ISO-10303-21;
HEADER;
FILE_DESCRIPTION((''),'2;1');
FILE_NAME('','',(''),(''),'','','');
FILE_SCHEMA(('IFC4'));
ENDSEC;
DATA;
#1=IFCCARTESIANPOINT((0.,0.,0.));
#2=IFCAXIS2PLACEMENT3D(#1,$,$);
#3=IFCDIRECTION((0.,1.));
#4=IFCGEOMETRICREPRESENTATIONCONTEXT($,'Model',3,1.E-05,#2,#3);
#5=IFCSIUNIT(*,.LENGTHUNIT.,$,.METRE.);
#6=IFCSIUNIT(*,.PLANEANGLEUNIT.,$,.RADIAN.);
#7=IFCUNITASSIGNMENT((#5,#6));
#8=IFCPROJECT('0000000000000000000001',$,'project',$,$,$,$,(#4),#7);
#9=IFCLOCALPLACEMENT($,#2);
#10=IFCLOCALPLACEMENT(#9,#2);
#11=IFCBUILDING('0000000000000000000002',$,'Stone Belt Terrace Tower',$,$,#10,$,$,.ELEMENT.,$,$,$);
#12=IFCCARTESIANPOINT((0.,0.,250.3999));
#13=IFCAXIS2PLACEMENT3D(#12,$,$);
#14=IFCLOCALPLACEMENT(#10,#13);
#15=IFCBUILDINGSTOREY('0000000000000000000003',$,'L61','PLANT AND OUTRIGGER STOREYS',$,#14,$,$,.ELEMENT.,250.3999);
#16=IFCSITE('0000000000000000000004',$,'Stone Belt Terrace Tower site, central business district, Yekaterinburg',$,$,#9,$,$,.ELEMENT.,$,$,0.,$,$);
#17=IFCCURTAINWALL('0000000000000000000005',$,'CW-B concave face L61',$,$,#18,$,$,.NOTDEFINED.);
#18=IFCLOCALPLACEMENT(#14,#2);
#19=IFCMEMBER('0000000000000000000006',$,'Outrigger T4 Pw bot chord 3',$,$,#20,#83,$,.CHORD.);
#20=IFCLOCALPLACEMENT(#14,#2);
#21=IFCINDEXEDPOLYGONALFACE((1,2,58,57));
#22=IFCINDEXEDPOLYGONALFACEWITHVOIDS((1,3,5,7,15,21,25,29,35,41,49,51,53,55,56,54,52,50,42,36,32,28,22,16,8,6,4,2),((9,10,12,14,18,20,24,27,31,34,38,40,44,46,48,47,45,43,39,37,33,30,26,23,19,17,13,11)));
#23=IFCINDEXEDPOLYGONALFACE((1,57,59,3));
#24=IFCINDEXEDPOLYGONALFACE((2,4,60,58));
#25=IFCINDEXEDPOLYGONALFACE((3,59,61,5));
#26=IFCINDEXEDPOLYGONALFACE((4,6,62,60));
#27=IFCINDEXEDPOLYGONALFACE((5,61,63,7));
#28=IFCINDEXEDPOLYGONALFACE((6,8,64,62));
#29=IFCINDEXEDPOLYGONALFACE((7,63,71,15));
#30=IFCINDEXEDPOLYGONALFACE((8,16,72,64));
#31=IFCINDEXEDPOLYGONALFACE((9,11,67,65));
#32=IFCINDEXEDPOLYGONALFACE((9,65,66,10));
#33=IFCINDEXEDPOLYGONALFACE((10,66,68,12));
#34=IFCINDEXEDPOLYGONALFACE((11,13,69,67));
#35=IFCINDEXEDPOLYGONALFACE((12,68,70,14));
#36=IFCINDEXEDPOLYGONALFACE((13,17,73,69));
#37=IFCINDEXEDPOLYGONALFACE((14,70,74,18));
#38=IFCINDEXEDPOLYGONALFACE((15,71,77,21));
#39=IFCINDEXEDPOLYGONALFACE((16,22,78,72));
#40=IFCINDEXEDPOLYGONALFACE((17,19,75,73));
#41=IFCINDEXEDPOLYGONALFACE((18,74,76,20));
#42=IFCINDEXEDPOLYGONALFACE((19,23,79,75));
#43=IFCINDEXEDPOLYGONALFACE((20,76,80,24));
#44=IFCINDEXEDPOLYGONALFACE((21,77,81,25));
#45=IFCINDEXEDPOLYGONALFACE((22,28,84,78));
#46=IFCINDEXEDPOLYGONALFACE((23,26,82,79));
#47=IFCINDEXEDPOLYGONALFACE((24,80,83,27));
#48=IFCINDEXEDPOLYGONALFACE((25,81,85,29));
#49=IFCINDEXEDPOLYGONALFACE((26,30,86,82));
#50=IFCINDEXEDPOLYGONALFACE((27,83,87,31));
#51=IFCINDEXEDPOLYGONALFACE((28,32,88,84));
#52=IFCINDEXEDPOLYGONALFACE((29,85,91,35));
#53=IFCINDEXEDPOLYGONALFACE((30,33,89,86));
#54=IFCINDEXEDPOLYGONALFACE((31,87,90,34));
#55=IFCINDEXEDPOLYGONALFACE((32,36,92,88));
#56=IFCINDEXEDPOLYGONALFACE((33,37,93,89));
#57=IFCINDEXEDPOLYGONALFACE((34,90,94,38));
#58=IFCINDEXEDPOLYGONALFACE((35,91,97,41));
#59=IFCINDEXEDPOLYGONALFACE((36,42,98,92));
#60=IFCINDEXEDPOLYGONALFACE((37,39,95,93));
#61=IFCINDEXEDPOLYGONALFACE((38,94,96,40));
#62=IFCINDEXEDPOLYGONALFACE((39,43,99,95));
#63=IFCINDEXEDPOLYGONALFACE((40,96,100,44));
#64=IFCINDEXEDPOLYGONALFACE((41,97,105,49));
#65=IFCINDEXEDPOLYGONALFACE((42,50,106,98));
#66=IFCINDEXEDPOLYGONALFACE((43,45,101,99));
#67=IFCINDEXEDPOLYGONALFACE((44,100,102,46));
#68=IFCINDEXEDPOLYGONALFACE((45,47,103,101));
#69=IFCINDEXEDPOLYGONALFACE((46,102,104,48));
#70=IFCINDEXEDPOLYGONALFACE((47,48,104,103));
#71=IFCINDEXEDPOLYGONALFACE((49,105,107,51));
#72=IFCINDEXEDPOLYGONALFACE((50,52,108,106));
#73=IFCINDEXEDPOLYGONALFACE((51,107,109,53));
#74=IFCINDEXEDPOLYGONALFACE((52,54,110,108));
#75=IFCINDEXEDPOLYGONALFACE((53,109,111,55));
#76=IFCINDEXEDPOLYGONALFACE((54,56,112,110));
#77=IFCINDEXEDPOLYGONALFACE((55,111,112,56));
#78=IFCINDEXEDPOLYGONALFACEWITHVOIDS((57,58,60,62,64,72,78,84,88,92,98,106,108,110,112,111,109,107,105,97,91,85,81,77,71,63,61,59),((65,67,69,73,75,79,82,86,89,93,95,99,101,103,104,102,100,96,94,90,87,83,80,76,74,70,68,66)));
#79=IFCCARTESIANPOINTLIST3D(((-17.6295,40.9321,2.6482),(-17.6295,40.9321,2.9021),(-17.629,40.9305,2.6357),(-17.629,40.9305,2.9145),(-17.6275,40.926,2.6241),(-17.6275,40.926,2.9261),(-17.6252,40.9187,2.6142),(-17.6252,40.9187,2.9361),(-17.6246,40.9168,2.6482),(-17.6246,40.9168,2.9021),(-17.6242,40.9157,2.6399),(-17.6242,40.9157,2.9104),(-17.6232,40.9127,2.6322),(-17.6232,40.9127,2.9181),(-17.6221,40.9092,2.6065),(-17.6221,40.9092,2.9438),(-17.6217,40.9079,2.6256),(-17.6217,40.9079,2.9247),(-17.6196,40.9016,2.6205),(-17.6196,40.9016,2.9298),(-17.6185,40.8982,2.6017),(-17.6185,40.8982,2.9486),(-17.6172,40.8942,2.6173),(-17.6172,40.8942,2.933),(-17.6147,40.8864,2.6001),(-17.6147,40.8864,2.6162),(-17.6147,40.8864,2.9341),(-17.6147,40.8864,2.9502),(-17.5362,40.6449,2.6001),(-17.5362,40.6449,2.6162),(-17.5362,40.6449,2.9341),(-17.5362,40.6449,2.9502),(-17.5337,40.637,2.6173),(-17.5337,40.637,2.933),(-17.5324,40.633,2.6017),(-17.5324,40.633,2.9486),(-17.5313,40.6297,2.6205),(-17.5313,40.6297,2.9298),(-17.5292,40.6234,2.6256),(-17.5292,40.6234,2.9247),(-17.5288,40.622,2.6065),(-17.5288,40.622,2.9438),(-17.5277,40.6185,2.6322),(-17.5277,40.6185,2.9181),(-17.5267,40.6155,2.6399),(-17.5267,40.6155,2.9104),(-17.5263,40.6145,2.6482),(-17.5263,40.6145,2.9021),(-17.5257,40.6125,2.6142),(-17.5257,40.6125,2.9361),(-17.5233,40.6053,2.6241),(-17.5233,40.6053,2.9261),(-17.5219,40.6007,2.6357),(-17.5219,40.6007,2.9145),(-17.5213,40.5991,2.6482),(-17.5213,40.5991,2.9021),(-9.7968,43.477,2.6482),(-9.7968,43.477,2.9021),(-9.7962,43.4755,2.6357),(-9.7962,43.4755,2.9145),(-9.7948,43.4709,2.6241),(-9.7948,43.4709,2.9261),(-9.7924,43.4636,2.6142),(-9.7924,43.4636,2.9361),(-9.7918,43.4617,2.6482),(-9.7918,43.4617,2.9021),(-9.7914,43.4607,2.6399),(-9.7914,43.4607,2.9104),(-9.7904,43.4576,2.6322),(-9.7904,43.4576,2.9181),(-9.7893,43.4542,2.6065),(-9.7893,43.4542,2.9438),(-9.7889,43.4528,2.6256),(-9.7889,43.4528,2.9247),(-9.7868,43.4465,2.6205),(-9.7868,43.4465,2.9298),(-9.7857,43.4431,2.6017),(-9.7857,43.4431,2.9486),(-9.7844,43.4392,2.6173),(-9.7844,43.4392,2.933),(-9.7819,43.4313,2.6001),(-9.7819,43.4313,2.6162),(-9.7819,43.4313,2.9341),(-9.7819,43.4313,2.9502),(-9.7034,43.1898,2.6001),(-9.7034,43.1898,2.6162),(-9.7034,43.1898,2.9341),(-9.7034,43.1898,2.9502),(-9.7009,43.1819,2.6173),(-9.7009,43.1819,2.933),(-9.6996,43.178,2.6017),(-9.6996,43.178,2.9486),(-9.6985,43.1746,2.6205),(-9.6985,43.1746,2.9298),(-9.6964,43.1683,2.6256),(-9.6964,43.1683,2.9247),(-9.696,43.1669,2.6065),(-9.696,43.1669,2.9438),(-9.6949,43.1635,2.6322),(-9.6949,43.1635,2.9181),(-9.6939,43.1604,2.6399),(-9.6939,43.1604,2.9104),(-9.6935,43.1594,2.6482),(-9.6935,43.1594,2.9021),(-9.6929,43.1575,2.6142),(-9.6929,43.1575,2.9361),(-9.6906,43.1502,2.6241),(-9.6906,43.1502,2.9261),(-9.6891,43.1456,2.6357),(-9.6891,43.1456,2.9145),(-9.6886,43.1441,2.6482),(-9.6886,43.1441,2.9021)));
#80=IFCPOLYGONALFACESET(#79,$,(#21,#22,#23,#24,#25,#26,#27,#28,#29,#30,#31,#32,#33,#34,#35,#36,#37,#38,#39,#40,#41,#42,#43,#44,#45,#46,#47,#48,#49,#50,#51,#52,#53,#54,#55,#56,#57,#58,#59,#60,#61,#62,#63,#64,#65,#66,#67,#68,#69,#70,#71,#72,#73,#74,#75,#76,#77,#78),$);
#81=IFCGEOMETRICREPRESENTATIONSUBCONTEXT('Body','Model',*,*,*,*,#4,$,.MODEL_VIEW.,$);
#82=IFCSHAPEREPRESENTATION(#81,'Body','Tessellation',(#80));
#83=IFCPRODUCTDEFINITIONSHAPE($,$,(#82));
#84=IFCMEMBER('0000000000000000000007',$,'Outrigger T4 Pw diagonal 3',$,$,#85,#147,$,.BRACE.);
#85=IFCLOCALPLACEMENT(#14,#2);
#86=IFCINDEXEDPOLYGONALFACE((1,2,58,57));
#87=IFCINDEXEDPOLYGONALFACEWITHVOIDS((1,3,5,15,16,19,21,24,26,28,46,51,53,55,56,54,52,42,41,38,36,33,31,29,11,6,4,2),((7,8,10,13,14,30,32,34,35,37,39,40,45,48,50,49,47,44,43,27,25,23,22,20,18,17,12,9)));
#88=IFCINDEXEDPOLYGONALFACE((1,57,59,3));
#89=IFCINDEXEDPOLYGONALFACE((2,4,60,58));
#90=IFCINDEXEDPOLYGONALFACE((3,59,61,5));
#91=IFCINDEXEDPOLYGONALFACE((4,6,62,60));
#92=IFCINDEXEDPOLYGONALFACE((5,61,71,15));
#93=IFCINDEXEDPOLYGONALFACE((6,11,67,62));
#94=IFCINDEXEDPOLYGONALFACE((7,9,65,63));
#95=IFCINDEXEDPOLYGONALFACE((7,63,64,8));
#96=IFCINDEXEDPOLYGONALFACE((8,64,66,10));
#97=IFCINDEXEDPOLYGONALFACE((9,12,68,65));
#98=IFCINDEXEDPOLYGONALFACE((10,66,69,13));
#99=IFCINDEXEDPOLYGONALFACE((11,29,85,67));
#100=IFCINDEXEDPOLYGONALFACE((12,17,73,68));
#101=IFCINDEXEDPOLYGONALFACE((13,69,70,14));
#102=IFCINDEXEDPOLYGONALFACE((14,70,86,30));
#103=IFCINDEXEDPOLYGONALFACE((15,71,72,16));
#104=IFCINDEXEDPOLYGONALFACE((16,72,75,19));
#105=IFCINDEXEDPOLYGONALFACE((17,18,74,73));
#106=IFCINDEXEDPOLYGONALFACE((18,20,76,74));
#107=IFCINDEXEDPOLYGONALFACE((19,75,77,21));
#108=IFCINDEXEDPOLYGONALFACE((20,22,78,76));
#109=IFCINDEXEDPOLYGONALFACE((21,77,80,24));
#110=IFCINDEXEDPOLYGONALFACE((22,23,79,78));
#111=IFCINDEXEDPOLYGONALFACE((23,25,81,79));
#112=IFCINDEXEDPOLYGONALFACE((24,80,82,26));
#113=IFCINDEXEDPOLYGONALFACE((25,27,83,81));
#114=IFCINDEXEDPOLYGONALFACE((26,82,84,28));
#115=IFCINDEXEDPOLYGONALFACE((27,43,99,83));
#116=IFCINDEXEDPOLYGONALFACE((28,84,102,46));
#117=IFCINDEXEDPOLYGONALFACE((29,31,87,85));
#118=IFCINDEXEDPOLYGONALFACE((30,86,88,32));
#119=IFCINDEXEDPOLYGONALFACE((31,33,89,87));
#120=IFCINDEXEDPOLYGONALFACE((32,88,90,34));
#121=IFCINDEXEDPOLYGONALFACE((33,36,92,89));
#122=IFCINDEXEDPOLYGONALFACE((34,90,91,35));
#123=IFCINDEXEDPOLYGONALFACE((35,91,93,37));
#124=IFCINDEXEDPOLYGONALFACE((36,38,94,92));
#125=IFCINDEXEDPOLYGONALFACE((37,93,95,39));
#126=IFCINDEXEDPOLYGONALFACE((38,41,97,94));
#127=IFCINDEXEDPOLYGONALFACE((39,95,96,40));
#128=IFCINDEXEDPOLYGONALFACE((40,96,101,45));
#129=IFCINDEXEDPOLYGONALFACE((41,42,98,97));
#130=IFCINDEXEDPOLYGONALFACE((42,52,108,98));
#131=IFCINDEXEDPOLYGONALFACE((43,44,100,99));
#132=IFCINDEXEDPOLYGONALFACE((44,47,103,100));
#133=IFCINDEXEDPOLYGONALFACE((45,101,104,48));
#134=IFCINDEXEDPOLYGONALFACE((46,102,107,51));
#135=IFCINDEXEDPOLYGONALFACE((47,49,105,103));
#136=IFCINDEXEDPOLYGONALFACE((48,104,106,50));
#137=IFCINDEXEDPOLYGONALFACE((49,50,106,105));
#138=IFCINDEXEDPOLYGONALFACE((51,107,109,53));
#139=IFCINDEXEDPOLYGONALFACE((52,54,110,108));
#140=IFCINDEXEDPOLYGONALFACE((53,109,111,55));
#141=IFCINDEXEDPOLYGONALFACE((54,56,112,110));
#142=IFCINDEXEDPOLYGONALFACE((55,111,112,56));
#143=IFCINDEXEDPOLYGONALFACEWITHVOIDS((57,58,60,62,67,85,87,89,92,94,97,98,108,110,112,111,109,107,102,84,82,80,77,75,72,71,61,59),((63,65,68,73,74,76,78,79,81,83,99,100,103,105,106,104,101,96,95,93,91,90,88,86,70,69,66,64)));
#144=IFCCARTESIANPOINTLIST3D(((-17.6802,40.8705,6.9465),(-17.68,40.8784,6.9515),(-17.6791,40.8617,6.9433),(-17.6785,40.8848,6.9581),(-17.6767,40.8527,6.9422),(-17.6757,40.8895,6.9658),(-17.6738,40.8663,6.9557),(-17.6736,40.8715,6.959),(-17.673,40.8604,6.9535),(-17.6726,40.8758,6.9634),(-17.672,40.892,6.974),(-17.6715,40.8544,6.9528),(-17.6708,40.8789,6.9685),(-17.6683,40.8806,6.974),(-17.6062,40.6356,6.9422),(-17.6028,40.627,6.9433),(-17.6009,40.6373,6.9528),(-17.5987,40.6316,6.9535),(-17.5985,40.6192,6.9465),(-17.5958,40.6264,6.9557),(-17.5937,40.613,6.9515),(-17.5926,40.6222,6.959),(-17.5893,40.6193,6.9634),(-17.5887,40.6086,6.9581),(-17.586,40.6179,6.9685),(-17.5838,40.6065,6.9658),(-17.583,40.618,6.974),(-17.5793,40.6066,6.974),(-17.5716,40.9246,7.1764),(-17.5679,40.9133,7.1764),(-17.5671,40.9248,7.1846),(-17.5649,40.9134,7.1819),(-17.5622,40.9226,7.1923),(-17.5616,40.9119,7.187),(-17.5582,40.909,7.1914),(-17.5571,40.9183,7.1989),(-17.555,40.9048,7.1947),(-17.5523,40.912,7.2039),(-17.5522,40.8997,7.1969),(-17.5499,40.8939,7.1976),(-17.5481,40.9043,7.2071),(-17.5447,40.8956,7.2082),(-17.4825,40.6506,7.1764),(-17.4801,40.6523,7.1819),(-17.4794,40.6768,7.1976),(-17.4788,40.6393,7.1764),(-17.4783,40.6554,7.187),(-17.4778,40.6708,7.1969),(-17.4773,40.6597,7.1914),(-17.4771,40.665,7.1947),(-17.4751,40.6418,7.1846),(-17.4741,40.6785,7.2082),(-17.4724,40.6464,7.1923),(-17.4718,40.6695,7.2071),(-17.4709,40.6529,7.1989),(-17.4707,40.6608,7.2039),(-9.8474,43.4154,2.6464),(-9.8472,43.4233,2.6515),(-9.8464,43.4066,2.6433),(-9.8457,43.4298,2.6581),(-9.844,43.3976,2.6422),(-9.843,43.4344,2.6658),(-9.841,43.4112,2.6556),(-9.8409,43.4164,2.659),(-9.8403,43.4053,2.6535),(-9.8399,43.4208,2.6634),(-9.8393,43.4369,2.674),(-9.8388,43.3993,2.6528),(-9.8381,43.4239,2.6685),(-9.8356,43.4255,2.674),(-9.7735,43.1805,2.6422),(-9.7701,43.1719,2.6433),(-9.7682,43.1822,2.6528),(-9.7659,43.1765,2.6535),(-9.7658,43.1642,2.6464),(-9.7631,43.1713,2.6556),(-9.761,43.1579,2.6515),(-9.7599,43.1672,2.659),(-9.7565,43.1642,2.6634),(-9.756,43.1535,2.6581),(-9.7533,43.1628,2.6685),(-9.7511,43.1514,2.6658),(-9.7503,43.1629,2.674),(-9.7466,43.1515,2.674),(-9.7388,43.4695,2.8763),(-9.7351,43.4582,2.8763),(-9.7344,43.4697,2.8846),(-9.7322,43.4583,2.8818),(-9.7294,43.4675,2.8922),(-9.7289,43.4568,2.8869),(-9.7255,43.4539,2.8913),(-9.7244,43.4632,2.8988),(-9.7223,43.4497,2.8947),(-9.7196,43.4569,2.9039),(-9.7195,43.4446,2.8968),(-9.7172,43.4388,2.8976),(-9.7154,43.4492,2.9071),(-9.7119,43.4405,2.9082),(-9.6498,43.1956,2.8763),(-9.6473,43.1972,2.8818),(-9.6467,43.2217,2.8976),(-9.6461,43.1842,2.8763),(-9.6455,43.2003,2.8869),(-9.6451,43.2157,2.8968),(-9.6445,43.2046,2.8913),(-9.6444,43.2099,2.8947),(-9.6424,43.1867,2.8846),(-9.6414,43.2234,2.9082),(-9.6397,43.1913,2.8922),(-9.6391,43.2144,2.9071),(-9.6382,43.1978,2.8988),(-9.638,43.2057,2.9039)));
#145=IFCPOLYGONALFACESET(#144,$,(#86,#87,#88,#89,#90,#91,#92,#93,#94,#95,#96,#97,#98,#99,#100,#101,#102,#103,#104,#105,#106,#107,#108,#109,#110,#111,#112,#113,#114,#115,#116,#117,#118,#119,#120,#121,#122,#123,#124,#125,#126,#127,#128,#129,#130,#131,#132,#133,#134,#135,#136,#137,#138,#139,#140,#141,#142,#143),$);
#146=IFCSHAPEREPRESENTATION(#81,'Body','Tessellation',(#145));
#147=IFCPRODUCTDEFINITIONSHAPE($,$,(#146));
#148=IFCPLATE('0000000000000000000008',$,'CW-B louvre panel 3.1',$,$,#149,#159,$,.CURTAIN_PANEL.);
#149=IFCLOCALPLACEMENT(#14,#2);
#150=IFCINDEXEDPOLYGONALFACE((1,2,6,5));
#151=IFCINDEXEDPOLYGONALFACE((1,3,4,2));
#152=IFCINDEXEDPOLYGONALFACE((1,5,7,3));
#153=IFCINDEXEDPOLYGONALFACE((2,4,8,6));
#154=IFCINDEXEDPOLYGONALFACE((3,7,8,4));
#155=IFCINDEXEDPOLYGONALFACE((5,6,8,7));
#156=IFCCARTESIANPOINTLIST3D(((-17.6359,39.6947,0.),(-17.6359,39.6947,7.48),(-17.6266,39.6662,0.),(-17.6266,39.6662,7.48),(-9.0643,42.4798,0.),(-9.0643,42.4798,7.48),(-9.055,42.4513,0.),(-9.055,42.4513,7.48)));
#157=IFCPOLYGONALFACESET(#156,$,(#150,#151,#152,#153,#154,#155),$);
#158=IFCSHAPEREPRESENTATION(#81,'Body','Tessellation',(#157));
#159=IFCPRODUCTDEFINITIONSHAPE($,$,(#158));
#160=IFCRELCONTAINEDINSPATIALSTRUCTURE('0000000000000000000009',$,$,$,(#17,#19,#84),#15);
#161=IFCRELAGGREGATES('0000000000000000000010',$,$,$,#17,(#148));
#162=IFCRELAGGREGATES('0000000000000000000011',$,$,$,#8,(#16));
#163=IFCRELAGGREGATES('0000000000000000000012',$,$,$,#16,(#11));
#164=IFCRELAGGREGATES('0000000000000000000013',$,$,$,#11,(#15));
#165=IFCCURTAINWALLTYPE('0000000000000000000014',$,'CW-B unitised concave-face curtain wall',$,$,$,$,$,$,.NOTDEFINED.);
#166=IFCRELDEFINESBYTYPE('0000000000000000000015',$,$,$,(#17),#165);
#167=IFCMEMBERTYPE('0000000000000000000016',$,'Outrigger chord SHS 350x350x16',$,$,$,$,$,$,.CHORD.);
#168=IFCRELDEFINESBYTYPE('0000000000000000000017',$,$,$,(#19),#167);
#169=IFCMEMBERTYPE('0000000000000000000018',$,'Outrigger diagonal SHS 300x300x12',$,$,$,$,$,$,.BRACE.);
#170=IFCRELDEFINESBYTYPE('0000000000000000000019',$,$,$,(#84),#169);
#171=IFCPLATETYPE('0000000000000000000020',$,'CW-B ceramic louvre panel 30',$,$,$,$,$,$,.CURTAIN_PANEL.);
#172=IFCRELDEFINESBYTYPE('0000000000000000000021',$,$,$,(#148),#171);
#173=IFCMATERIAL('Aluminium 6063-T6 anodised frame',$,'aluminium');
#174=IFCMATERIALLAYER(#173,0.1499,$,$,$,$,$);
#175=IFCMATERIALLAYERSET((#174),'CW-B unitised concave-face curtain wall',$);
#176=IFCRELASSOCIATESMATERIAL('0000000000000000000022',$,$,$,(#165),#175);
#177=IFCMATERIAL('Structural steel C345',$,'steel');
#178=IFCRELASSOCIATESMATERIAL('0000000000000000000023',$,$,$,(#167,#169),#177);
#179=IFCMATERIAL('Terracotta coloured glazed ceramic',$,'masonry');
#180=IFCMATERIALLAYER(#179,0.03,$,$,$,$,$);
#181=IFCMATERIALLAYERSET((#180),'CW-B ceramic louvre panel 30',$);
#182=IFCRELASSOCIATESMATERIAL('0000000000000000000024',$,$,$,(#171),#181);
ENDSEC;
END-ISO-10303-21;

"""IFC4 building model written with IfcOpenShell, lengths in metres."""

from ifc_helpers import new_model, si_unit, direction, frame, origin, origin_2d, place, context, subcontext, project, spatial, rectangle, hollow_rectangle, extrude, material, layer, layer_set, material_profile, profile_set, type_object, element, aggregate, save


model = new_model("IFC4")

# Units and contexts
model_context = context("Model", 3, precision=1e-05, world=origin(), true_north=direction((0.0, 1.0)))
body_context = subcontext(model_context, "Body", "Model", "MODEL_VIEW")
ifc_project = project(units=[si_unit("LENGTHUNIT", "METRE"), si_unit("PLANEANGLEUNIT", "RADIAN")], contexts=[model_context])

# Site, building, storey
site_placement = place(None, origin())
site = spatial("IfcSite", under=ifc_project, at=site_placement, Name="Stone Belt Terrace Tower site, central business district, Yekaterinburg", CompositionType="ELEMENT", RefElevation=0.0)
building_placement = place(site_placement, origin())
building = spatial("IfcBuilding", under=site, at=building_placement, Name="Stone Belt Terrace Tower", CompositionType="ELEMENT")
storey_placement = place(building_placement, frame((0.0, 0.0, 250.3999)))
storey = spatial("IfcBuildingStorey", under=building, at=storey_placement, Name="L61", Description="PLANT AND OUTRIGGER STOREYS", CompositionType="ELEMENT", Elevation=250.3999)

# Curtain wall
ifc_material_1 = material(Name="Aluminium 6063-T6 anodised frame", Category="aluminium")
ifc_layer_1 = layer(ifc_material_1, 0.1499)
ifc_layer_set_1 = layer_set([ifc_layer_1], Name="CW-B unitised concave-face curtain wall")
curtain_wall_type = type_object("IfcCurtainWallType", Name="CW-B unitised concave-face curtain wall", PredefinedType="NOTDEFINED", material=ifc_layer_set_1)
curtain_wall_placement = place(storey_placement, origin())
curtain_wall = element("IfcCurtainWall", 1, at=curtain_wall_placement, inside=storey, type_object=curtain_wall_type, Name="CW-B concave face L61", PredefinedType="NOTDEFINED")

# Members
ifc_material_2 = material(Name="Structural steel C345", Category="steel")
ifc_material_profile_1 = material_profile(ifc_material_2, hollow_rectangle(XDim=0.3501, YDim=0.3501, WallThickness=0.0161, InnerFilletRadius=0.032, OuterFilletRadius=0.0481, at=origin_2d()), Name="SHS 350x350x16")
ifc_profile_set_1 = profile_set([ifc_material_profile_1], Name="Structural steel C345")
member_type_1 = type_object("IfcMemberType", Name="Outrigger chord SHS 350x350x16", PredefinedType="CHORD", material=ifc_profile_set_1)
for number, where, z_axis, x_axis, name in (
    (2, (-17.5754, 40.7656, 2.7751), (0.95106, 0.309006, 0.0), (-0.309006, 0.95106, 0.0), "Outrigger T4 Pw bot chord 3"),
):
    element("IfcMember", number, at=place(storey_placement, frame(where, z_axis=z_axis, x_axis=x_axis)), inside=storey, type_object=member_type_1, Name=name, PredefinedType="CHORD", context=body_context, shape_type="SweptSolid", body=[
        extrude(hollow_rectangle(XDim=0.3501, YDim=0.3501, WallThickness=0.0161, InnerFilletRadius=0.032, OuterFilletRadius=0.0481, at=origin_2d()), origin(), (0.0, 0.0, 1.0), 8.2358),
    ])
ifc_material_profile_2 = material_profile(ifc_material_2, hollow_rectangle(XDim=0.3, YDim=0.3, WallThickness=0.012, InnerFilletRadius=0.0239, OuterFilletRadius=0.0359, at=origin_2d()), Name="SHS 300x300x12")
ifc_profile_set_2 = profile_set([ifc_material_profile_2], Name="Structural steel C345")
member_type_2 = type_object("IfcMemberType", Name="Outrigger diagonal SHS 300x300x12", PredefinedType="BRACE", material=ifc_profile_set_2)
member_1_placement = place(storey_placement, frame((-17.5754, 40.7656, 7.0752), z_axis=(0.843065, 0.273918, -0.462828), x_axis=(-0.309006, 0.95106, 0.0)))
element("IfcMember", 3, at=member_1_placement, inside=storey, type_object=member_type_2, Name="Outrigger T4 Pw diagonal 3", PredefinedType="BRACE", context=body_context, shape_type="SweptSolid", body=[
    extrude(hollow_rectangle(XDim=0.3, YDim=0.3, WallThickness=0.012, InnerFilletRadius=0.0239, OuterFilletRadius=0.0359, at=origin_2d()), origin(), (0.0, 0.0, 1.0), 9.2908),
])

# Plate
ifc_material_3 = material(Name="Terracotta coloured glazed ceramic", Category="masonry")
ifc_layer_2 = layer(ifc_material_3, 0.03)
ifc_layer_set_2 = layer_set([ifc_layer_2], Name="CW-B ceramic louvre panel 30")
plate_type = type_object("IfcPlateType", Name="CW-B ceramic louvre panel 30", PredefinedType="CURTAIN_PANEL", material=ifc_layer_set_2)
plate_placement = place(storey_placement, frame((-13.3455, 41.073, 0.0), z_axis=(0.0, 0.0, 1.0), x_axis=(0.951057, 0.309017, 0.0)))
plate = element("IfcPlate", 4, at=plate_placement, type_object=plate_type, Name="CW-B louvre panel 3.1", PredefinedType="CURTAIN_PANEL", context=body_context, shape_type="SweptSolid", body=[
    extrude(rectangle(XDim=9.0127, YDim=0.03, at=origin_2d()), origin(), (0.0, 0.0, 1.0), 7.48),
])
aggregate(curtain_wall, [plate])

save(model, "model.ifc")
